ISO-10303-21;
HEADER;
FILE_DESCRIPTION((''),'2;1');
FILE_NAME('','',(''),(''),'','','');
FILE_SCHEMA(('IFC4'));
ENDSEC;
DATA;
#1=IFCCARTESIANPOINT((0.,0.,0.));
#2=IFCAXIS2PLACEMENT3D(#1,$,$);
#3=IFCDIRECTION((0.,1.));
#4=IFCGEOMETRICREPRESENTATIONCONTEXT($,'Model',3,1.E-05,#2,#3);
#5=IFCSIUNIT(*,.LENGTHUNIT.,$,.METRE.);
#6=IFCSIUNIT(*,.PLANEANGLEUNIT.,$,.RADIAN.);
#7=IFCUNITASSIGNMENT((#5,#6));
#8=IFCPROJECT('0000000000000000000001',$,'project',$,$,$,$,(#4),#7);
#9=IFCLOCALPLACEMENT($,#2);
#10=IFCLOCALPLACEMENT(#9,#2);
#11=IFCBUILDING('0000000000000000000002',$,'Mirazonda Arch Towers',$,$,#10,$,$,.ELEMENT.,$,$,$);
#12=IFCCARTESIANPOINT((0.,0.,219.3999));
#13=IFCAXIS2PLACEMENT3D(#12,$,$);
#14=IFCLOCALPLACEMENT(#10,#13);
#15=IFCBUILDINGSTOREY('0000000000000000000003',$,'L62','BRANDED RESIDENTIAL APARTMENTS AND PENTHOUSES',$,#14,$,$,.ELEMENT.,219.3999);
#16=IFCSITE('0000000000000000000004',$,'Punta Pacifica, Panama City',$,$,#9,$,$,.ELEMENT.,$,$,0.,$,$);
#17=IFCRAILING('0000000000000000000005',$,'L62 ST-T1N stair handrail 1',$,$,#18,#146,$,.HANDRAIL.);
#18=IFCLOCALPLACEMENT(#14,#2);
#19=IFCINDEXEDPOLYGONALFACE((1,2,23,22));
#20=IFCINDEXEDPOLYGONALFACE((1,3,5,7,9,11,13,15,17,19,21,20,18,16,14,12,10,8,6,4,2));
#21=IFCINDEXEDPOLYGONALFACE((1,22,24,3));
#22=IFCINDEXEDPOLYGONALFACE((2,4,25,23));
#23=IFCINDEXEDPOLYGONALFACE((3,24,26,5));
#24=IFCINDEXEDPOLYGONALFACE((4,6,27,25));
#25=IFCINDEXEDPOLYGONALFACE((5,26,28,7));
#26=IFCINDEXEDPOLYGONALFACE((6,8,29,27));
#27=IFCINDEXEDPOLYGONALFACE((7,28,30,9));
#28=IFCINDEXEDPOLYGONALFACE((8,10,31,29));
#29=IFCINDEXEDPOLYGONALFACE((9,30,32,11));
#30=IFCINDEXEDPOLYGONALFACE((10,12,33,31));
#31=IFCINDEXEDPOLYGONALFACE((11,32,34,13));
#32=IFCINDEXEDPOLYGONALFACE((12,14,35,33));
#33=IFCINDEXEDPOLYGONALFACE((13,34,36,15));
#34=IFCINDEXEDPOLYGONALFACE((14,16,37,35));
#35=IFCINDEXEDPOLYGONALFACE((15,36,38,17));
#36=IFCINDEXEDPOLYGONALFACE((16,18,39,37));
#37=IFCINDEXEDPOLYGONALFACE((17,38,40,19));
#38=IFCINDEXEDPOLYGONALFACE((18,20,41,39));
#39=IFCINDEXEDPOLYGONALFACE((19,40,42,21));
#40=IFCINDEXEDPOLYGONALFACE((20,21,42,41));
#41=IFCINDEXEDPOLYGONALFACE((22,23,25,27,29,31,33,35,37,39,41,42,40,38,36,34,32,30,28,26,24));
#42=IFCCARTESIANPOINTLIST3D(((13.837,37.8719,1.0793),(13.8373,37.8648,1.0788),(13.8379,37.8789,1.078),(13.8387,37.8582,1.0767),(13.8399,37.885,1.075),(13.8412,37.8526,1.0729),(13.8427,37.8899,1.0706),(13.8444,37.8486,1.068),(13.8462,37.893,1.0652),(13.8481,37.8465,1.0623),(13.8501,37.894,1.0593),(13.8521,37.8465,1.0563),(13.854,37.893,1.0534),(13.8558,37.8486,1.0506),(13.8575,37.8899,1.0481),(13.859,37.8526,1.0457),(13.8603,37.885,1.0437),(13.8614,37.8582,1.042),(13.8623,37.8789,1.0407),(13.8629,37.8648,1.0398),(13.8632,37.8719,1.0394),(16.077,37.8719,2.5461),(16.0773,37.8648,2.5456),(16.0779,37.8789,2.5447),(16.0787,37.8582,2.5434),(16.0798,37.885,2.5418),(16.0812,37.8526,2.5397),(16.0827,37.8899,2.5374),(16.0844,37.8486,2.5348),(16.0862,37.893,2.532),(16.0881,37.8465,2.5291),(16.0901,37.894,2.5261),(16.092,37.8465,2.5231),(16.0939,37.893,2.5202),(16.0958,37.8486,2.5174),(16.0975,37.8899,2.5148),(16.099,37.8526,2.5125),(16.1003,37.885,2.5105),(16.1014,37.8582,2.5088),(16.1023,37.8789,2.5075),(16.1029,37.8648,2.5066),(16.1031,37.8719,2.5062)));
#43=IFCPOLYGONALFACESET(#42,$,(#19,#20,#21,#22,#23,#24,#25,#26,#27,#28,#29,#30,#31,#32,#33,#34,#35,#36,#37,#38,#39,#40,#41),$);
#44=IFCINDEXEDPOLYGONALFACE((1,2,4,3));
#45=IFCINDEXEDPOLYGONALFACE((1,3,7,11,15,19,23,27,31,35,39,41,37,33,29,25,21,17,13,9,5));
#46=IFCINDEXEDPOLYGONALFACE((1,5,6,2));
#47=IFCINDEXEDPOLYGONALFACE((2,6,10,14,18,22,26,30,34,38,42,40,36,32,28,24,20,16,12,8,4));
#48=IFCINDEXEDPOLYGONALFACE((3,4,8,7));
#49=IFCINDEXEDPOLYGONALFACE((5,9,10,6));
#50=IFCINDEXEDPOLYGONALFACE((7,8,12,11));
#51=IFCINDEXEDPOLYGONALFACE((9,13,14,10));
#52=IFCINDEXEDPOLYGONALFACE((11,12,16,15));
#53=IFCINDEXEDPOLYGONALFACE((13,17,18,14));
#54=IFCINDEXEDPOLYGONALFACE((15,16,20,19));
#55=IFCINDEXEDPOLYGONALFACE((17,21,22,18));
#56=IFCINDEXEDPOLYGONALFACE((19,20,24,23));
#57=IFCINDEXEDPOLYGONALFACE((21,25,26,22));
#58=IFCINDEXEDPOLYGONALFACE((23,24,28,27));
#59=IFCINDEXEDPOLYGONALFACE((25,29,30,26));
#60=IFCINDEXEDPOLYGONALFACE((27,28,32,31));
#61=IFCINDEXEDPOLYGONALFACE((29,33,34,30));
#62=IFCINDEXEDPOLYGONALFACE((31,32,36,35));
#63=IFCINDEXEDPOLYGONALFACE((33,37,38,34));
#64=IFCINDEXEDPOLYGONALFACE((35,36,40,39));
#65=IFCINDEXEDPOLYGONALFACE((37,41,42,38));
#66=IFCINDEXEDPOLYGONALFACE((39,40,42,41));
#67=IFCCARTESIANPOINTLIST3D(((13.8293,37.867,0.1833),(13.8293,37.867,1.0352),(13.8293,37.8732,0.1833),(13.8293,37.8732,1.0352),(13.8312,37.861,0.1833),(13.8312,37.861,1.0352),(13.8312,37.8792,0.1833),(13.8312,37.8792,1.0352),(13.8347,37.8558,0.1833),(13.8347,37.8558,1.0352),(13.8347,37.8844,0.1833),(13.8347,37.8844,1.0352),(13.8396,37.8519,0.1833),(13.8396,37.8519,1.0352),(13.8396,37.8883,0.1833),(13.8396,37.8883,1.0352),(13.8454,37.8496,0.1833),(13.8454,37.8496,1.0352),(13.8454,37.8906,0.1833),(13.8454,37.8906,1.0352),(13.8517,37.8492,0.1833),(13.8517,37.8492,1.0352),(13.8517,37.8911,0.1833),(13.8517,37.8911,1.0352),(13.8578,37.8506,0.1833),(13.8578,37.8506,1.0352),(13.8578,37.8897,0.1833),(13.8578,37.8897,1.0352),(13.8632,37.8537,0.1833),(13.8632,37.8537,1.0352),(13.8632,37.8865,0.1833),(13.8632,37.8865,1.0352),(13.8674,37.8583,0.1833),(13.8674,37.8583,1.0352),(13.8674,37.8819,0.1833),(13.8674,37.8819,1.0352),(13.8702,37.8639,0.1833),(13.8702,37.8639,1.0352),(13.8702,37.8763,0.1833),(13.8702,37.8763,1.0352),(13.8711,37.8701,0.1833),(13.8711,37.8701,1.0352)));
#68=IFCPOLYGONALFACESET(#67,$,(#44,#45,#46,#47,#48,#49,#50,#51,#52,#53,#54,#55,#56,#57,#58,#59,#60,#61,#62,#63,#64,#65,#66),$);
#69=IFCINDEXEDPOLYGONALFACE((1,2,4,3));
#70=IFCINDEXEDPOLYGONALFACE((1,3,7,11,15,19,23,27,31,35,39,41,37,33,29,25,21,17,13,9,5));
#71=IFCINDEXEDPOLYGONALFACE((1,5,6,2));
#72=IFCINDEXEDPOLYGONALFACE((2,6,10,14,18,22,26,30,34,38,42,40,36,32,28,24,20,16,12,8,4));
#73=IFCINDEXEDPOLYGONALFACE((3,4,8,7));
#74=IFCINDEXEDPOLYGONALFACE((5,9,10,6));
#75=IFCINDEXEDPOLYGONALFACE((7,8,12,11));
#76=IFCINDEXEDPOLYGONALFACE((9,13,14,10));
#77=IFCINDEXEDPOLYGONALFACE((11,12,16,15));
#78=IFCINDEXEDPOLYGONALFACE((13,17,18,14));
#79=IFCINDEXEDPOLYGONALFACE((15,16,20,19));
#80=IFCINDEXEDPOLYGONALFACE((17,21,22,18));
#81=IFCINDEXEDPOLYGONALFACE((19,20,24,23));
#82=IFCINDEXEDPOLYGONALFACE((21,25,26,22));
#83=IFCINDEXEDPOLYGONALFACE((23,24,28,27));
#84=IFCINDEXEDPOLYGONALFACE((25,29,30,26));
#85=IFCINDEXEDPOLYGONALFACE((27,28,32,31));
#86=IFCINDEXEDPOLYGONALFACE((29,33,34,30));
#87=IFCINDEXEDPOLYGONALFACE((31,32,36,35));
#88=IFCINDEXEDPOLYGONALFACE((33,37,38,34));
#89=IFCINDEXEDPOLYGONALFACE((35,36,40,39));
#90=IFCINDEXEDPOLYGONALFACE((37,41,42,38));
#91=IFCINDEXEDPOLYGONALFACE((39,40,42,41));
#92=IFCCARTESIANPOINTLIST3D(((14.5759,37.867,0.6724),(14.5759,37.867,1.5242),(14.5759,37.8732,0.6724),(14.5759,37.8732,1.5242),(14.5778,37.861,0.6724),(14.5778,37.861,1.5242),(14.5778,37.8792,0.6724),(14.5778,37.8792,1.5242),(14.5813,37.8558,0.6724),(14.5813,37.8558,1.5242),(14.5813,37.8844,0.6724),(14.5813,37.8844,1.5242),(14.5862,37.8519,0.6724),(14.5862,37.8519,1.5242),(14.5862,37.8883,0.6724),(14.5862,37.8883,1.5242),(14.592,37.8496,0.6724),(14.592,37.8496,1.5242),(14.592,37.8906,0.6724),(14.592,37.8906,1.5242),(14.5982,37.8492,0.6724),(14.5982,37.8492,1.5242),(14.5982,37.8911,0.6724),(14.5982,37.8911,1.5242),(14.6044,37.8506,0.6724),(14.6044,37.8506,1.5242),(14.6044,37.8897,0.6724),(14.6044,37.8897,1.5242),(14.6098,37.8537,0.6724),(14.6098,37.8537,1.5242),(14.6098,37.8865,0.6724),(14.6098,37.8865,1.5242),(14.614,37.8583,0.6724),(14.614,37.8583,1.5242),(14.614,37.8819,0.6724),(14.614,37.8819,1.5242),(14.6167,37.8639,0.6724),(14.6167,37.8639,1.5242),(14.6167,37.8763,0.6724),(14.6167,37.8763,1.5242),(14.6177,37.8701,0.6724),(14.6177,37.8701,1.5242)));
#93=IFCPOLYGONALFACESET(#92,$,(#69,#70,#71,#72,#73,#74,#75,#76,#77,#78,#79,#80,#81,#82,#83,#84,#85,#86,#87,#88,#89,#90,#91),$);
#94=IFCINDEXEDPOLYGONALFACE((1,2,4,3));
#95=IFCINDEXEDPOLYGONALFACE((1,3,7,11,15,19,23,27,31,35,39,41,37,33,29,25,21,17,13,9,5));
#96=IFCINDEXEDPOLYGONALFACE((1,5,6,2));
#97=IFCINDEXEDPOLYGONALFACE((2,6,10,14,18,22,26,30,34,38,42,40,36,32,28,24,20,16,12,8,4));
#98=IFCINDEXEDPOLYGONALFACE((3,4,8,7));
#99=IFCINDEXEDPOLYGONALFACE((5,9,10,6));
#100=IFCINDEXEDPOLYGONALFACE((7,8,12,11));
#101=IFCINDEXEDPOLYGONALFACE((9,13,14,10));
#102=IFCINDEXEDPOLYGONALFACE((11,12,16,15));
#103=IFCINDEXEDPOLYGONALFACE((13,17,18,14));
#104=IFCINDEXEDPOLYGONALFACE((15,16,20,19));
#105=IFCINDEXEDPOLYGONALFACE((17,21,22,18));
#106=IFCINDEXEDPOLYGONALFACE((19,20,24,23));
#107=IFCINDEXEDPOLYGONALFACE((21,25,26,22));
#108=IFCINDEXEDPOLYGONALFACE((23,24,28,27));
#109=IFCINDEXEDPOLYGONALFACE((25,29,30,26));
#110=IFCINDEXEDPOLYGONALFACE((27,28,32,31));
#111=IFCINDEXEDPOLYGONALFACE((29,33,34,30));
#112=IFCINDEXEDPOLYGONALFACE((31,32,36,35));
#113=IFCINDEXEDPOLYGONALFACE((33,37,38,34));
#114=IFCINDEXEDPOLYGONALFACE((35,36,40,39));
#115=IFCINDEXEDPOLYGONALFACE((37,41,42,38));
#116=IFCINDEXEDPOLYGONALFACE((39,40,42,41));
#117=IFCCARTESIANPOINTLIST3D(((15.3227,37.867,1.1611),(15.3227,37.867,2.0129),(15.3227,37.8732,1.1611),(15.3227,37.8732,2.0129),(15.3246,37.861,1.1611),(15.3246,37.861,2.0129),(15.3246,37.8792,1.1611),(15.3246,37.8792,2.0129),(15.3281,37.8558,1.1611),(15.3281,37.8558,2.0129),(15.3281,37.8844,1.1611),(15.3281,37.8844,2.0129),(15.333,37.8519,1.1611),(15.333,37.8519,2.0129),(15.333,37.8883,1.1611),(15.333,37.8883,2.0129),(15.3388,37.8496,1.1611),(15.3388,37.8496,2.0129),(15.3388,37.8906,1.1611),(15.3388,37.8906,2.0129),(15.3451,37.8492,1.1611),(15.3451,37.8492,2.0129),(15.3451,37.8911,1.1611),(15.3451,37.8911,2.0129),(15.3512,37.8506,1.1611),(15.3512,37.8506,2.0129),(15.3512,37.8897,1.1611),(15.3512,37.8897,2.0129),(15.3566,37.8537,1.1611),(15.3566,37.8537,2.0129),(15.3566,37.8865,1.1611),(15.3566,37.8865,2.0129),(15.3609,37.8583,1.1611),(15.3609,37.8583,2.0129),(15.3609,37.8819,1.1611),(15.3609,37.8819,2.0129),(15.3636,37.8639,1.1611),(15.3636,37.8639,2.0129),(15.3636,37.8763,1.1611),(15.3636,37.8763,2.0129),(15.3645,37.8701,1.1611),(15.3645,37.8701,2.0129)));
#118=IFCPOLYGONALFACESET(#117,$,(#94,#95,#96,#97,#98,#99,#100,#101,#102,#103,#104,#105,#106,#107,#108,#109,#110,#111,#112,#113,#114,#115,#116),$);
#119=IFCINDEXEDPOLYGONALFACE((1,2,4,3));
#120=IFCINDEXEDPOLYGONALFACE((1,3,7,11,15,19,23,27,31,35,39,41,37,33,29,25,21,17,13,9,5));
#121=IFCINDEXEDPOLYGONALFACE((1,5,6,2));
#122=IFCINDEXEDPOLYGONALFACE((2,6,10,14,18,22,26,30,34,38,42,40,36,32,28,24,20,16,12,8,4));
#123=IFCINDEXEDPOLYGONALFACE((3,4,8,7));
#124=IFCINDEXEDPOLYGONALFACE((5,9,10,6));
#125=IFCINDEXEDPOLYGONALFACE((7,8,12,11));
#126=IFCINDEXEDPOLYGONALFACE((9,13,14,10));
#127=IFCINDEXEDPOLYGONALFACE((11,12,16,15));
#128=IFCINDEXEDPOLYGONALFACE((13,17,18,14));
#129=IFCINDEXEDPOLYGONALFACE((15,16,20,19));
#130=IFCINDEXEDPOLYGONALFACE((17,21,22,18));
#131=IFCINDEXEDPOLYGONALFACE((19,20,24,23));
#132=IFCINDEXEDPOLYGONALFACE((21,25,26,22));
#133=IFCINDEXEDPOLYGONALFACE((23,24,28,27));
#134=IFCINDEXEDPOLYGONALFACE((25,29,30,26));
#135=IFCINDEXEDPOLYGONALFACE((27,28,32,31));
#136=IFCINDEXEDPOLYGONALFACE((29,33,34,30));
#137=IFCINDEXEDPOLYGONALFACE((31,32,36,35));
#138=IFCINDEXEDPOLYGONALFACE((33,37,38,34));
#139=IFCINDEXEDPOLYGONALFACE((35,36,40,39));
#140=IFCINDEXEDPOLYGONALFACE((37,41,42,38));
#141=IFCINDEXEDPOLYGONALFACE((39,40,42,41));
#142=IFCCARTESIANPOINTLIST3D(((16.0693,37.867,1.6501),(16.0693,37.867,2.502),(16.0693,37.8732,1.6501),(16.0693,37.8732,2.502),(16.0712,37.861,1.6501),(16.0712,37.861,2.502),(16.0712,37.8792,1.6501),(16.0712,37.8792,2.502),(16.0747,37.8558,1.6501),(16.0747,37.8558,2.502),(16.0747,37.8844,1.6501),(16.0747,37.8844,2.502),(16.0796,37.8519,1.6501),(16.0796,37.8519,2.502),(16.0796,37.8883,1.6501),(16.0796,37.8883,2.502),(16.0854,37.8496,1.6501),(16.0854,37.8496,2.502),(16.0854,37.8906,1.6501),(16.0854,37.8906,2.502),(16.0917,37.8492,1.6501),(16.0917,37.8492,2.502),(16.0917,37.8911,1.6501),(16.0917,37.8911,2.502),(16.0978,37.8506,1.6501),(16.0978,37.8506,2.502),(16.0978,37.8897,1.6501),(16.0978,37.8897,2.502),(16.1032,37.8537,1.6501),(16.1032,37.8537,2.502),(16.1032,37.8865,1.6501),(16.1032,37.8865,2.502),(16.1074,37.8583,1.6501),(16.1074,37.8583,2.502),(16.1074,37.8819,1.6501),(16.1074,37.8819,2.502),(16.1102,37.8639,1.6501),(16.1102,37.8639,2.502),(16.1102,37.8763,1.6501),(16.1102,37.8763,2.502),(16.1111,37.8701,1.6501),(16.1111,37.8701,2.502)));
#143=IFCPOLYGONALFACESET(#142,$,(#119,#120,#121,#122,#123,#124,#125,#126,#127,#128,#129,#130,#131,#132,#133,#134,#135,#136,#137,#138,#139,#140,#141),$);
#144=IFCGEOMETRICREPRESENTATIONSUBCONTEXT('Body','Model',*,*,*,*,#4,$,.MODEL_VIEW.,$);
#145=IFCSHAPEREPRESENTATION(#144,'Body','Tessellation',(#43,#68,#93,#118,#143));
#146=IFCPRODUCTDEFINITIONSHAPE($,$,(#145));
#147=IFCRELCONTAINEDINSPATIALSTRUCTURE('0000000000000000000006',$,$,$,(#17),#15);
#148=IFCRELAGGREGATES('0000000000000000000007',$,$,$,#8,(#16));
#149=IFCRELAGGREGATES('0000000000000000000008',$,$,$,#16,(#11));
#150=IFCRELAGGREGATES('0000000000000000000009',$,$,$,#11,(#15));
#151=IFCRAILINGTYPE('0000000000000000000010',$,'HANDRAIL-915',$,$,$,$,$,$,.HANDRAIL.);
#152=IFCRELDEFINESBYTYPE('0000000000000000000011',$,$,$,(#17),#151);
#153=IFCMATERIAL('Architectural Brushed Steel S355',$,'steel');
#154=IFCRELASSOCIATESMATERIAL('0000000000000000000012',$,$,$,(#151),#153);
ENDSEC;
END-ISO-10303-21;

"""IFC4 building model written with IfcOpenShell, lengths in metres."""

from ifc_helpers import new_model, si_unit, direction, frame, origin, origin_2d, place, context, subcontext, project, spatial, circle, extrude, material, type_object, element, save


model = new_model("IFC4")

# Units and contexts
model_context = context("Model", 3, precision=1e-05, world=origin(), true_north=direction((0.0, 1.0)))
body_context = subcontext(model_context, "Body", "Model", "MODEL_VIEW")
ifc_project = project(units=[si_unit("LENGTHUNIT", "METRE"), si_unit("PLANEANGLEUNIT", "RADIAN")], contexts=[model_context])

# Site, building, storey
site_placement = place(None, origin())
site = spatial("IfcSite", under=ifc_project, at=site_placement, Name="Punta Pacifica, Panama City", CompositionType="ELEMENT", RefElevation=0.0)
building_placement = place(site_placement, origin())
building = spatial("IfcBuilding", under=site, at=building_placement, Name="Mirazonda Arch Towers", CompositionType="ELEMENT")
storey_placement = place(building_placement, frame((0.0, 0.0, 219.3999)))
storey = spatial("IfcBuildingStorey", under=building, at=storey_placement, Name="L62", Description="BRANDED RESIDENTIAL APARTMENTS AND PENTHOUSES", CompositionType="ELEMENT", Elevation=219.3999)

# Shared definitions
ifc_material_1 = material(Name="Architectural Brushed Steel S355", Category="steel")

# Railing
railing_type_1 = type_object("IfcRailingType", Name="HANDRAIL-915", PredefinedType="HANDRAIL", material=ifc_material_1)
railing_1_placement = place(storey_placement, frame((13.8501, 37.8701, 0.1833)))
element("IfcRailing", 1, at=railing_1_placement, inside=storey, type_object=railing_type_1, Name="L62 ST-T1N stair handrail 1", PredefinedType="HANDRAIL", context=body_context, shape_type="SweptSolid", body=[
    extrude(circle(Radius=0.0239, at=origin_2d()), frame((0.0, 0.0, 0.876), z_axis=(0.836595, 0.0, 0.547822), x_axis=(0.0, 1.0, 0.0)), (0.0, 0.0, 1.0), 2.6775),
    extrude(circle(Radius=0.021, at=origin_2d()), origin(), (0.0, 0.0, 1.0), 0.8518),
    extrude(circle(Radius=0.021, at=origin_2d()), frame((0.7466, 0.0, 0.489)), (0.0, 0.0, 1.0), 0.8518),
    extrude(circle(Radius=0.021, at=origin_2d()), frame((1.4934, 0.0, 0.9778)), (0.0, 0.0, 1.0), 0.8518),
    extrude(circle(Radius=0.021, at=origin_2d()), frame((2.24, 0.0, 1.4668)), (0.0, 0.0, 1.0), 0.8518),
])

save(model, "model.ifc")
